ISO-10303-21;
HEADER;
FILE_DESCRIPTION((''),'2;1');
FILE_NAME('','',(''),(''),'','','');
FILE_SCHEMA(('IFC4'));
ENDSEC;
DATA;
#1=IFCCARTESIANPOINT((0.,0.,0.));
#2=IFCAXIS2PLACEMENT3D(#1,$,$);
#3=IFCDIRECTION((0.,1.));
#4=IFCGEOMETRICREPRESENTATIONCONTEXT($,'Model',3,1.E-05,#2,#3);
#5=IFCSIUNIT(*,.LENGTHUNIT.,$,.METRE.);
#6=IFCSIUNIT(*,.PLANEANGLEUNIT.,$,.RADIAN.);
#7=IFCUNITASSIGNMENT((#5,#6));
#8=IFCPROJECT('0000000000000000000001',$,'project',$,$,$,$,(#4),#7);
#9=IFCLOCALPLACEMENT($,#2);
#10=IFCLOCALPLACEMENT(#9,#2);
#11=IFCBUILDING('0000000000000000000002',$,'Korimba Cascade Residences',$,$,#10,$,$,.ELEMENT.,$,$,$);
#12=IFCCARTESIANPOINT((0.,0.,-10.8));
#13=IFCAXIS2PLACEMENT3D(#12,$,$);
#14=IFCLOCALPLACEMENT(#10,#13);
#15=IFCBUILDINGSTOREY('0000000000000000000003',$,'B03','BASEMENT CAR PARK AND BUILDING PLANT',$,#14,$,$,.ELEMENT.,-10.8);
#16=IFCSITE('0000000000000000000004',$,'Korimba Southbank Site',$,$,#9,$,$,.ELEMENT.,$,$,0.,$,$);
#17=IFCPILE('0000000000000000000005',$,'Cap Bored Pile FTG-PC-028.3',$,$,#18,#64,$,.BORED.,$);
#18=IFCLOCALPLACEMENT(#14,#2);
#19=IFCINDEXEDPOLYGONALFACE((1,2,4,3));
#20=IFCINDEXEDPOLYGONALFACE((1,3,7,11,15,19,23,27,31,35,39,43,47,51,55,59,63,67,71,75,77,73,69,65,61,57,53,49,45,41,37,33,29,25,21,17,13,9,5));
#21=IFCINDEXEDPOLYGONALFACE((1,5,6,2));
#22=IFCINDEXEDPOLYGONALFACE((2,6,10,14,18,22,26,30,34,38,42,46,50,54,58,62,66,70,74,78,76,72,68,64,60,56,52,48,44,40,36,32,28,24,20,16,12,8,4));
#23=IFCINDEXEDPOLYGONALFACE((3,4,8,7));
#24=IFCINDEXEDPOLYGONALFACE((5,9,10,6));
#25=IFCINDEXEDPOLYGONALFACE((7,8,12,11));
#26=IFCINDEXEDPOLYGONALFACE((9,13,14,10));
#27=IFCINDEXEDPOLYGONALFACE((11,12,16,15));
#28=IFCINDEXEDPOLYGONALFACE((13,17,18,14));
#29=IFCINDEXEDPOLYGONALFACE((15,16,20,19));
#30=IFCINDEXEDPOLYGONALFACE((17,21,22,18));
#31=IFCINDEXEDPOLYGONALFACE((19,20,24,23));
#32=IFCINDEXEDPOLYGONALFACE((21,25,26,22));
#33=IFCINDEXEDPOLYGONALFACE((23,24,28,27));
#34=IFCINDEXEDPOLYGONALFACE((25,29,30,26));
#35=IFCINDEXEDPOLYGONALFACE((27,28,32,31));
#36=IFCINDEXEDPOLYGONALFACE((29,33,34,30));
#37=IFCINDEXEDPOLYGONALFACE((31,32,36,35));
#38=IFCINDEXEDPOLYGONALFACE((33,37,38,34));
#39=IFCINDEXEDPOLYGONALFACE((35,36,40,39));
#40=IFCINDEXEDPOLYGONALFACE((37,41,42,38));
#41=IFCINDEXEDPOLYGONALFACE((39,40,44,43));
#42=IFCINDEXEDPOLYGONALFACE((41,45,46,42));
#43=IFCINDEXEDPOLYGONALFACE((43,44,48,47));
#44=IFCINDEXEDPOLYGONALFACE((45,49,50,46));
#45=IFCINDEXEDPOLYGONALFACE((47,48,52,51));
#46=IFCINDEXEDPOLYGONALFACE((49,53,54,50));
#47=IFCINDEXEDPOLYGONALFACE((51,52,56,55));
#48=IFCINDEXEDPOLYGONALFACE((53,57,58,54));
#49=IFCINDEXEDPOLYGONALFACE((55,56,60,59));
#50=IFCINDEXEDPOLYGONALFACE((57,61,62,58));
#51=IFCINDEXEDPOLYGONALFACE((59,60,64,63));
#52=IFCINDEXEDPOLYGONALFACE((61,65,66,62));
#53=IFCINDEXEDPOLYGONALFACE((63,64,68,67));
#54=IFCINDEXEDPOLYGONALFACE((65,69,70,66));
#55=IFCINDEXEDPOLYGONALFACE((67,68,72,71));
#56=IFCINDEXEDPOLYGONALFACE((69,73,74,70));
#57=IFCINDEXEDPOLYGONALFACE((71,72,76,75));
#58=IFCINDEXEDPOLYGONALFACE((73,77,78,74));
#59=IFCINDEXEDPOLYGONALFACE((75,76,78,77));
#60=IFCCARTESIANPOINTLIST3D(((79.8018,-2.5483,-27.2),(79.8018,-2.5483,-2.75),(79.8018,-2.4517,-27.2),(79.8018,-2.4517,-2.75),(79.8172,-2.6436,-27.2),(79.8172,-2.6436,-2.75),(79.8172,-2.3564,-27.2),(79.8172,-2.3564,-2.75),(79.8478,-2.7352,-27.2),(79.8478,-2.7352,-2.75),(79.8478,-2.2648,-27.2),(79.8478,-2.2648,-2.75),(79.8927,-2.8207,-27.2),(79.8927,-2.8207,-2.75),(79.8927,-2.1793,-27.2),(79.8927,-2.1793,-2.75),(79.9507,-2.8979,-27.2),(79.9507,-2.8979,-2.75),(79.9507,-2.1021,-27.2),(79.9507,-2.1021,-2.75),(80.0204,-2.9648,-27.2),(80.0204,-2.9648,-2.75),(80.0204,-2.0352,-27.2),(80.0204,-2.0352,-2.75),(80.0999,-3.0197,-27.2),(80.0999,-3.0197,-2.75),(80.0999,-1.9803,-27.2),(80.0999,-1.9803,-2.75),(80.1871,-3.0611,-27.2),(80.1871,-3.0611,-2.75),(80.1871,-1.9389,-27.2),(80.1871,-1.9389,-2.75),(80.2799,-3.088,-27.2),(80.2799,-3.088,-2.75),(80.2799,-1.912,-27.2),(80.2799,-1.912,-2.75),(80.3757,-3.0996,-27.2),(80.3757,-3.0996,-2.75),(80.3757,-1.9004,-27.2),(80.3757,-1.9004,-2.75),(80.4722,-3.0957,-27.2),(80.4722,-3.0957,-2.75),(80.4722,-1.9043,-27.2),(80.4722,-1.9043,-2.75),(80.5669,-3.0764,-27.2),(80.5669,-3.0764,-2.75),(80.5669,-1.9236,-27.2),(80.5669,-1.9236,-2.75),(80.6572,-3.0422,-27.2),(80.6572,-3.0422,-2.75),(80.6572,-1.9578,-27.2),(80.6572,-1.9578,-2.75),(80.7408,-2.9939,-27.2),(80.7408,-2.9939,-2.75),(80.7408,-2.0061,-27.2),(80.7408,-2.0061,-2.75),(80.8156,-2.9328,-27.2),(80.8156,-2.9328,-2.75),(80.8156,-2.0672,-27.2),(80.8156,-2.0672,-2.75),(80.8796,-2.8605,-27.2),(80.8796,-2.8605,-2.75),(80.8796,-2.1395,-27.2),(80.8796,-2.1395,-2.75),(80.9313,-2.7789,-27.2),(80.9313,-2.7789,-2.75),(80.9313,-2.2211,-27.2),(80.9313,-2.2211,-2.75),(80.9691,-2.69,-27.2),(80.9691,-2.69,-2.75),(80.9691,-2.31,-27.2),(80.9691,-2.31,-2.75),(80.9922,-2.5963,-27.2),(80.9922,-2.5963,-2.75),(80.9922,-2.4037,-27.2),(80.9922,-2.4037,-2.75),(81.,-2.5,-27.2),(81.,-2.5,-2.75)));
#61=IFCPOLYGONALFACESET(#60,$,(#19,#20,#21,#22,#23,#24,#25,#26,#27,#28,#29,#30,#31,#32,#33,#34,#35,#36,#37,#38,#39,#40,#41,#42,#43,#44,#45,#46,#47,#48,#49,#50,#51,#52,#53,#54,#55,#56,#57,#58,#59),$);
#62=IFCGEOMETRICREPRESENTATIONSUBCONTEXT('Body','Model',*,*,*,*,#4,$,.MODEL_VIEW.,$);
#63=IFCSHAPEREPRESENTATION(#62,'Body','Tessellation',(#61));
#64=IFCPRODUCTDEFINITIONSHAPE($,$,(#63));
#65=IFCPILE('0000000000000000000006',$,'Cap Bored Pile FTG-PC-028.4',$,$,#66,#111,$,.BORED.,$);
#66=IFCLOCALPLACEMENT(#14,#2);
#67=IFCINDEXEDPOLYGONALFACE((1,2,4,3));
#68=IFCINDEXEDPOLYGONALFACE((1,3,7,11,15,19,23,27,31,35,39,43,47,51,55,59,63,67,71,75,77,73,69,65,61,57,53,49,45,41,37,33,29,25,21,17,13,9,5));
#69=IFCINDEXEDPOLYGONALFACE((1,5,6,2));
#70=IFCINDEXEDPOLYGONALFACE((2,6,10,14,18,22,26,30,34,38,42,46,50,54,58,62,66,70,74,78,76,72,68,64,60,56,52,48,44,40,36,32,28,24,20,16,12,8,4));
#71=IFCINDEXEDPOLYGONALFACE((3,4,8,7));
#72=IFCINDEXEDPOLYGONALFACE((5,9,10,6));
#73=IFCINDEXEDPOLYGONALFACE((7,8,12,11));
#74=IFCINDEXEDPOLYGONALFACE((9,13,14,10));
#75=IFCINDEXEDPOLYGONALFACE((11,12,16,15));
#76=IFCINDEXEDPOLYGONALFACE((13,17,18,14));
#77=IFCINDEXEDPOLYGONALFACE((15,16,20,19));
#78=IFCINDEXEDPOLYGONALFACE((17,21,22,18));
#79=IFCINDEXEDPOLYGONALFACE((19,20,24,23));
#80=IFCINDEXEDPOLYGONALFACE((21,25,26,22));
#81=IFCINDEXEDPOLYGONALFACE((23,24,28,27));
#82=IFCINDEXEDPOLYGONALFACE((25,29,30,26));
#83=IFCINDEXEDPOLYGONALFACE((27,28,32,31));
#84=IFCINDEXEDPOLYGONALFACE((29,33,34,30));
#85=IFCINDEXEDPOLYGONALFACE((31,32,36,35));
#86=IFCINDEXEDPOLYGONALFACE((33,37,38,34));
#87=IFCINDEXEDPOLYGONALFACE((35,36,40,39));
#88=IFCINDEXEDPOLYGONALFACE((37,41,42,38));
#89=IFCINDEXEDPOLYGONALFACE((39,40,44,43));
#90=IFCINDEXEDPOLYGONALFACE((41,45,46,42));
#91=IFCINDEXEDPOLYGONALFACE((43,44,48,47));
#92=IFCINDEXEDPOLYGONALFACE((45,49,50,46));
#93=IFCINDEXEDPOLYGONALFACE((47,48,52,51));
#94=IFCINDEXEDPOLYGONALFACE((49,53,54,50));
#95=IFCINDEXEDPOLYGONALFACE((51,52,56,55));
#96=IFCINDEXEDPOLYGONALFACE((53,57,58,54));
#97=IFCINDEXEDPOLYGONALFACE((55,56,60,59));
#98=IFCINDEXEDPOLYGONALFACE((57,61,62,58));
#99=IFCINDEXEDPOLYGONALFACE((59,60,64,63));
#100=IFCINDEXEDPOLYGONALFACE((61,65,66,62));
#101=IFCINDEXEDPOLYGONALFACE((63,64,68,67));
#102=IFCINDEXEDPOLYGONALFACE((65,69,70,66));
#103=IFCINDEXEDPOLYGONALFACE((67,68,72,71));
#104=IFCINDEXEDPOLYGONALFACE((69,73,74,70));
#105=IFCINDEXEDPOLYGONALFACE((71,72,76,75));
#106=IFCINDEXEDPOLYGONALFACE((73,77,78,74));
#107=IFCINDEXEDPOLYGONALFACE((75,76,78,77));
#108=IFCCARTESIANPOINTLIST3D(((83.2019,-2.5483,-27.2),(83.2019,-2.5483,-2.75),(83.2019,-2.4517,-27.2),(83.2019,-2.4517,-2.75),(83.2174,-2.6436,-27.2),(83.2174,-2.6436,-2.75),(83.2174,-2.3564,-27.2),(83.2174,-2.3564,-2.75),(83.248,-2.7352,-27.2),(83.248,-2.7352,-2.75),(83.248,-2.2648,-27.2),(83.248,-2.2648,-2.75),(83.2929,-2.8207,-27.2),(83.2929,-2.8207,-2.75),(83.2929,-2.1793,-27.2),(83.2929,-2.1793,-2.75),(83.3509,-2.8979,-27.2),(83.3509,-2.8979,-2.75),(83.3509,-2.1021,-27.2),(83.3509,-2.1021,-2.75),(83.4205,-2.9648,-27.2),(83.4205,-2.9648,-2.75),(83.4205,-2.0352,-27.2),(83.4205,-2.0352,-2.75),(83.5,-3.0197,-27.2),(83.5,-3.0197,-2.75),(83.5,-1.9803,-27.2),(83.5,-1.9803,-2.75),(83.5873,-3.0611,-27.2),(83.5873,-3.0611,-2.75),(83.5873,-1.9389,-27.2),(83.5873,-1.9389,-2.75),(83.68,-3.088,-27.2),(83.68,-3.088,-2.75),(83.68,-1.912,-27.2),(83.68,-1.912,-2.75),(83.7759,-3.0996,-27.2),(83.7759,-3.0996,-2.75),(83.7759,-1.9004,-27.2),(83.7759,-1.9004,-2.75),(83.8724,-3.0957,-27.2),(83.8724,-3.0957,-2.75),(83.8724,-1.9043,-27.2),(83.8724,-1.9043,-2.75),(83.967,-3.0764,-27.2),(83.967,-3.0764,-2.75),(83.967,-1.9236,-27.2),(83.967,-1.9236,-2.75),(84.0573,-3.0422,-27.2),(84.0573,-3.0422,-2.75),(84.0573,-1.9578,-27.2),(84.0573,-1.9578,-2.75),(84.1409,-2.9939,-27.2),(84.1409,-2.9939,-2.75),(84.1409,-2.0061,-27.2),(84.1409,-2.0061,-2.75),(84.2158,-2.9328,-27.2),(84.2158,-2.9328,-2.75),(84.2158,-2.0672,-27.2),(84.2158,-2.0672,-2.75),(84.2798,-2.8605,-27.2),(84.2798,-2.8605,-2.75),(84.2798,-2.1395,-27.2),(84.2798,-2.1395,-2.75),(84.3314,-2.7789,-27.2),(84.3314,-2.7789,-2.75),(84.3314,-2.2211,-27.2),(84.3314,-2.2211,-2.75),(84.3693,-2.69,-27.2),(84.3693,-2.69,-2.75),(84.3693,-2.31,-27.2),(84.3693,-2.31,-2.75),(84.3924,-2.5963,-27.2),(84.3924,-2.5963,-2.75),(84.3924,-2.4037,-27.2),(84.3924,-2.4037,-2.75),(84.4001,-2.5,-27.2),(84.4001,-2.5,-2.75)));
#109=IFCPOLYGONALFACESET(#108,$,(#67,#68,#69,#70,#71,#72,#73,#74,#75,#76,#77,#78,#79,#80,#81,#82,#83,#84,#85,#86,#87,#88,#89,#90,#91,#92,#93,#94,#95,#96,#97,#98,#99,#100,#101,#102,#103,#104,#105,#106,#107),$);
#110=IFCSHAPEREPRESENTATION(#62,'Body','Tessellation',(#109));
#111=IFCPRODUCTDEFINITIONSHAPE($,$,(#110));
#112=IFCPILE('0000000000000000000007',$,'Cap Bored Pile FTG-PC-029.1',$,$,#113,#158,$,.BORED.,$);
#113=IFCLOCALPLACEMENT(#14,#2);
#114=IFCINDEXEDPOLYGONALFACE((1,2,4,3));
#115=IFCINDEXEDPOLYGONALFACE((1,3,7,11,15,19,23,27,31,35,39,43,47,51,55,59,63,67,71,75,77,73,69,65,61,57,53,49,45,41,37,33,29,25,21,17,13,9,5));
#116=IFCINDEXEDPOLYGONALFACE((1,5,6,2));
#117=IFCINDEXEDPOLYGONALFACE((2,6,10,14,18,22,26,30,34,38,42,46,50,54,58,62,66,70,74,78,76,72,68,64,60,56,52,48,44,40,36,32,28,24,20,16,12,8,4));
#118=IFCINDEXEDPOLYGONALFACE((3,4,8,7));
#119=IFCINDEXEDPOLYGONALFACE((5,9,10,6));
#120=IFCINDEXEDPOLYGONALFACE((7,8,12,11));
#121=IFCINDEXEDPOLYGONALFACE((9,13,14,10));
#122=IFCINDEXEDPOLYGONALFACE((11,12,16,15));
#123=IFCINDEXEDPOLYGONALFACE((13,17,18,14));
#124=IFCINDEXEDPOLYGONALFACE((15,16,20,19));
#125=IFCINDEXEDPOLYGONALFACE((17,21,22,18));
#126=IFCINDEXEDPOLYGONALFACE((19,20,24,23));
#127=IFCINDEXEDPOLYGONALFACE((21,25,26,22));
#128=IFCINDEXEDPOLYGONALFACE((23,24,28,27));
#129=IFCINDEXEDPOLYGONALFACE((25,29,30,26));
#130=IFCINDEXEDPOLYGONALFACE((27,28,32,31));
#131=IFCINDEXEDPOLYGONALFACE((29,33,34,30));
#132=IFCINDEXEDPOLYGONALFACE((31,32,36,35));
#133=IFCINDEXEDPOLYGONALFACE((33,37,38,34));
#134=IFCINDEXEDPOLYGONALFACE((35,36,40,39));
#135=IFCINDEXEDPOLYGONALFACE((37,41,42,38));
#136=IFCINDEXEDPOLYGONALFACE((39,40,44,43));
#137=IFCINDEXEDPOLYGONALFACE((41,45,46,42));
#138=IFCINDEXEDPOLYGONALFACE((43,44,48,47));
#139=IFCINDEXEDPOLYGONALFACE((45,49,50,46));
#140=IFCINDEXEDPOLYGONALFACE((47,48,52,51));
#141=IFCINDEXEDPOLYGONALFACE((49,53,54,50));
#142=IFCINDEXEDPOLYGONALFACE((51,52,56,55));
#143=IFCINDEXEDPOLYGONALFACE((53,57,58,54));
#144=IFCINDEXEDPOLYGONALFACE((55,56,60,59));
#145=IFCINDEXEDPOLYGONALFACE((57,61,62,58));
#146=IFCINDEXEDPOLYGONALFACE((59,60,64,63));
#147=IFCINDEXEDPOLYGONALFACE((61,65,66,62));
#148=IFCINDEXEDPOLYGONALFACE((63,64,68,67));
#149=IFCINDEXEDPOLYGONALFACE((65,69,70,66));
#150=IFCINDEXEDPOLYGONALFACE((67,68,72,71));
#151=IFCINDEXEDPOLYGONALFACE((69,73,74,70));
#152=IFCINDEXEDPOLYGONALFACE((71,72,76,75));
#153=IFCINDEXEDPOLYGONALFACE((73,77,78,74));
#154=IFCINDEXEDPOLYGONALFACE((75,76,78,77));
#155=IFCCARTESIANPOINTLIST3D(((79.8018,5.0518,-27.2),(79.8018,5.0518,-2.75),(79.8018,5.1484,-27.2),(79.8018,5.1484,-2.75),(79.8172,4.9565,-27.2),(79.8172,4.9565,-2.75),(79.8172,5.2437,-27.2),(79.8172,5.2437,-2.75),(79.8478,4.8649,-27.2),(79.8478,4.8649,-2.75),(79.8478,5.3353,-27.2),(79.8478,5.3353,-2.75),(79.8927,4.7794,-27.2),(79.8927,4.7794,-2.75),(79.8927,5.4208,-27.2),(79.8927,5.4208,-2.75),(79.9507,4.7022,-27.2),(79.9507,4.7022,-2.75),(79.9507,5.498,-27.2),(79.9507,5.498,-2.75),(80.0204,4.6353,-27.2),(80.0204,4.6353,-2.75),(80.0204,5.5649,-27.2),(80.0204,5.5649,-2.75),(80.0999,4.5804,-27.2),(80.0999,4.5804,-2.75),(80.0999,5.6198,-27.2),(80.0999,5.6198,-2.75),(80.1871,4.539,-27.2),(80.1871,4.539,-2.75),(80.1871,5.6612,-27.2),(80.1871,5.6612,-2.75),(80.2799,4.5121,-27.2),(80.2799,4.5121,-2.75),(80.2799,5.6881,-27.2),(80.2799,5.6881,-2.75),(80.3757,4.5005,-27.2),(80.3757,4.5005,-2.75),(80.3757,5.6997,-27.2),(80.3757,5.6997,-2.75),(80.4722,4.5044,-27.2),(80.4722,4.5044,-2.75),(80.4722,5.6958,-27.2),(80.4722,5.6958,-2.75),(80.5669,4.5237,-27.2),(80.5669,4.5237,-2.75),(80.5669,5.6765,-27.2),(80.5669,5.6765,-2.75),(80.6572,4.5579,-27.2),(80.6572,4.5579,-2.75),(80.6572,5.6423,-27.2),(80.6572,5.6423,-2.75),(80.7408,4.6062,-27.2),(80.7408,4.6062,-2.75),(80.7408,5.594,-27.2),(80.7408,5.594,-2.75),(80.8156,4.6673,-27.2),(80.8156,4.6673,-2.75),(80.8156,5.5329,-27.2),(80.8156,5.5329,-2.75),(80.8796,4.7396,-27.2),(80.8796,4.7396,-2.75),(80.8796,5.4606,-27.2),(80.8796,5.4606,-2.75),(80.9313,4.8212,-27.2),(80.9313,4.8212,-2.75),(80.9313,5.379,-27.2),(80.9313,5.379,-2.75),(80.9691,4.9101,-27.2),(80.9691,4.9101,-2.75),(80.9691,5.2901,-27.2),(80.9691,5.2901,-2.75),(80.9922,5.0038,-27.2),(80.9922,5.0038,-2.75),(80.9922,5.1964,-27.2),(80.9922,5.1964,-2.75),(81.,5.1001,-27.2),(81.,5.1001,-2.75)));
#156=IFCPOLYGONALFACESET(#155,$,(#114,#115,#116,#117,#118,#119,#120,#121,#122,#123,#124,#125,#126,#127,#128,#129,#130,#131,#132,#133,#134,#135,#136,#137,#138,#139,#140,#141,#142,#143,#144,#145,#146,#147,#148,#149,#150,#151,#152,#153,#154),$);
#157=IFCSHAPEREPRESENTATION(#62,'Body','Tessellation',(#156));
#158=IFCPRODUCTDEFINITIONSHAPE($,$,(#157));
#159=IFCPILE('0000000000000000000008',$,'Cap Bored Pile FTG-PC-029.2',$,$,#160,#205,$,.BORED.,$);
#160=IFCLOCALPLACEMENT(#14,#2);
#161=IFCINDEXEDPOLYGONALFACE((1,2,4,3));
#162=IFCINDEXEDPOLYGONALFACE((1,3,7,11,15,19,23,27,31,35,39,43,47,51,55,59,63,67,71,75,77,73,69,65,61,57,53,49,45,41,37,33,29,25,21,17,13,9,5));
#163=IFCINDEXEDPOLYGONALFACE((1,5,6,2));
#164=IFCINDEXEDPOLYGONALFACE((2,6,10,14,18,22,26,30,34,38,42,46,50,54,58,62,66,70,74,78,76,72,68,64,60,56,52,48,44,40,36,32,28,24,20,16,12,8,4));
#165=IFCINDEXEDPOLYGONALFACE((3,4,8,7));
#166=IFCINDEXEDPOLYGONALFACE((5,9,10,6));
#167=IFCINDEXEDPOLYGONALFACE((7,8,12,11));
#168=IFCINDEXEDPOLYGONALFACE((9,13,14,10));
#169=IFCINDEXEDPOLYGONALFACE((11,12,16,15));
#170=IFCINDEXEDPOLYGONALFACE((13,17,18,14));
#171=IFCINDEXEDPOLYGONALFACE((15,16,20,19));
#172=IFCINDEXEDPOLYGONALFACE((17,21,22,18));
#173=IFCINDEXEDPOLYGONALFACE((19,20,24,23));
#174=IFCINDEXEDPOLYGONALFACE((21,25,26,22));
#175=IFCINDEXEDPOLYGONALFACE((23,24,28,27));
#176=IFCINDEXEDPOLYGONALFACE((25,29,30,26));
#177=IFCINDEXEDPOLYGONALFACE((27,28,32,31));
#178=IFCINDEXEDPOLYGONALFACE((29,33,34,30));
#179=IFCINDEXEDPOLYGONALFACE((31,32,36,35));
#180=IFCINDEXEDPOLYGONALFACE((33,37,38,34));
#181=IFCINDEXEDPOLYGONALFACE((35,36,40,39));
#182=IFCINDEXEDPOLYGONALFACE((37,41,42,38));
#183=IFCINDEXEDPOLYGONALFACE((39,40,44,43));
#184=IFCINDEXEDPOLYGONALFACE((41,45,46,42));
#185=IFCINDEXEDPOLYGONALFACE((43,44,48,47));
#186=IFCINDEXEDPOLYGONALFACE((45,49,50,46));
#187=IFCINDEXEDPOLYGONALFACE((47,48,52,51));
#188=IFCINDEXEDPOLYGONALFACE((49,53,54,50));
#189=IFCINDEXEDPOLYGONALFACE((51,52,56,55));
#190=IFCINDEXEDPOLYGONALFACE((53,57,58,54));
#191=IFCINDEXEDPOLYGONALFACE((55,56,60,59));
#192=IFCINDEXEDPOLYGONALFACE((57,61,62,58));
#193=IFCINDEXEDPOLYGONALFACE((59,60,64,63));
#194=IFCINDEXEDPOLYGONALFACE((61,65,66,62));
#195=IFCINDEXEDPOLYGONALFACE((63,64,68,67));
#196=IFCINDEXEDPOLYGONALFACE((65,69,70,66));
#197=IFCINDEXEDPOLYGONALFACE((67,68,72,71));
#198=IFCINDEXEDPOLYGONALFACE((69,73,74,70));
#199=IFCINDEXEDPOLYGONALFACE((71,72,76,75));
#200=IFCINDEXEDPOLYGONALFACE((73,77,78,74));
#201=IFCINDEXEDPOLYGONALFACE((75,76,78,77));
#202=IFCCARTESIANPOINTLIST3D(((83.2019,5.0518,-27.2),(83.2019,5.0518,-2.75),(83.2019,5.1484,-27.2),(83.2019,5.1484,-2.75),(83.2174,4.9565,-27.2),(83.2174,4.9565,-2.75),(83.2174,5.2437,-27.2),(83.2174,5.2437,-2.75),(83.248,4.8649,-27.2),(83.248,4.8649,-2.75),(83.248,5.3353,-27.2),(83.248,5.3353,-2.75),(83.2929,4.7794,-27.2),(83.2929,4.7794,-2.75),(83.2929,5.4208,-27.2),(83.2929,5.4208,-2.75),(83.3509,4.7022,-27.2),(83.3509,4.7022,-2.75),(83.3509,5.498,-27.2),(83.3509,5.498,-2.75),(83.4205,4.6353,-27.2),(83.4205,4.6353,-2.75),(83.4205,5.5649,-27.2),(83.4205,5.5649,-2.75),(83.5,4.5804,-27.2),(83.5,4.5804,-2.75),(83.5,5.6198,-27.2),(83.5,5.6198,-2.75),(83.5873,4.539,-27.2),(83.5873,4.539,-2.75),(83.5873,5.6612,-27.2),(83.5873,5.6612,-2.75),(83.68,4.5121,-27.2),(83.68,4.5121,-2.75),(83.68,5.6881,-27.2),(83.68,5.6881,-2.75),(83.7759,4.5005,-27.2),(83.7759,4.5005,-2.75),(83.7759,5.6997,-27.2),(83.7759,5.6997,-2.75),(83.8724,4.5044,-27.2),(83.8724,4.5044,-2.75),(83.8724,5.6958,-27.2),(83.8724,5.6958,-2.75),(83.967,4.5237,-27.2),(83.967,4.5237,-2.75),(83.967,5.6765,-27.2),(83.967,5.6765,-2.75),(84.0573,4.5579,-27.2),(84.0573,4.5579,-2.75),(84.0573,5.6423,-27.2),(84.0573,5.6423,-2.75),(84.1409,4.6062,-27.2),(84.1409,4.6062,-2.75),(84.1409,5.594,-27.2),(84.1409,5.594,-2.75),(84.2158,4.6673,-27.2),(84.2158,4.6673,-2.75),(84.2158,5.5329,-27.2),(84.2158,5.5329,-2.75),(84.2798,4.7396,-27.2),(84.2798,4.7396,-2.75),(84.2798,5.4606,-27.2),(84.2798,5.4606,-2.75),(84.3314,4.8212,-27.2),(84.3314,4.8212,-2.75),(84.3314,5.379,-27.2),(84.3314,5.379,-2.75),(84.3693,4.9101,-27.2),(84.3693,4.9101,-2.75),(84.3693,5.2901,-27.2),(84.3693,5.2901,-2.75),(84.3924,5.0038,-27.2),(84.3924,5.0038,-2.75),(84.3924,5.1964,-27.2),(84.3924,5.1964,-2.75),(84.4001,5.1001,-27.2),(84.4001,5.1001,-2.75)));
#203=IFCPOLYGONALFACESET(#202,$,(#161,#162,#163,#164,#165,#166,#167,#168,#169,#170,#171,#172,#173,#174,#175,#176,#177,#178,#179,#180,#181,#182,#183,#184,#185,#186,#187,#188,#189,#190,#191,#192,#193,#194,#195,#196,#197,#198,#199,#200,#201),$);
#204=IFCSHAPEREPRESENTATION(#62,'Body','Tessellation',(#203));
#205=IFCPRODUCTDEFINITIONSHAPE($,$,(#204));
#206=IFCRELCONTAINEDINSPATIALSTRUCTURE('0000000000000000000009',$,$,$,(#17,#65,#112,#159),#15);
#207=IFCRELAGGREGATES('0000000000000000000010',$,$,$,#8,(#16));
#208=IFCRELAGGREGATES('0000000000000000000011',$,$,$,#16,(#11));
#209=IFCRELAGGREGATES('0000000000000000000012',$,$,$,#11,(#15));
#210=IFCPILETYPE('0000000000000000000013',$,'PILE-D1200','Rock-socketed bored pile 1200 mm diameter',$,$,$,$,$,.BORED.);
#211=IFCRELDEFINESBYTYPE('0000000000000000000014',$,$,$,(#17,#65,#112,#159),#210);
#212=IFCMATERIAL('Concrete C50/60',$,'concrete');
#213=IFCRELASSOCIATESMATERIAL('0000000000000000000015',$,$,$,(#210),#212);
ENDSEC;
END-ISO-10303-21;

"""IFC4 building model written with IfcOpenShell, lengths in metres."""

from ifc_helpers import new_model, si_unit, direction, frame, origin, origin_2d, place, context, subcontext, project, spatial, circle, extrude, material, material_profile, profile_set, type_object, element, save


model = new_model("IFC4")

# Units and contexts
model_context = context("Model", 3, precision=1e-05, world=origin(), true_north=direction((0.0, 1.0)))
body_context = subcontext(model_context, "Body", "Model", "MODEL_VIEW")
ifc_project = project(units=[si_unit("LENGTHUNIT", "METRE"), si_unit("PLANEANGLEUNIT", "RADIAN")], contexts=[model_context])

# Site, building, storey
site_placement = place(None, origin())
site = spatial("IfcSite", under=ifc_project, at=site_placement, Name="Korimba Southbank Site", CompositionType="ELEMENT", RefElevation=0.0)
building_placement = place(site_placement, origin())
building = spatial("IfcBuilding", under=site, at=building_placement, Name="Korimba Cascade Residences", CompositionType="ELEMENT")
storey_placement = place(building_placement, frame((0.0, 0.0, -10.8)))
storey = spatial("IfcBuildingStorey", under=building, at=storey_placement, Name="B03", Description="BASEMENT CAR PARK AND BUILDING PLANT", CompositionType="ELEMENT", Elevation=-10.8)

# Piles
ifc_material_1 = material(Name="Concrete C50/60", Category="concrete")
ifc_material_profile_1 = material_profile(ifc_material_1, circle(Radius=0.6001, at=origin_2d()), Name="Concrete C50/60")
ifc_profile_set_1 = profile_set([ifc_material_profile_1], Name="Concrete C50/60")
pile_type = type_object("IfcPileType", Name="PILE-D1200", Description="Rock-socketed bored pile 1200 mm diameter", PredefinedType="BORED", material=ifc_profile_set_1)
for number, where, z_axis, x_axis, name in (
    (1, (80.3999, -2.5, -2.75), (0.0, 0.0, -1.0), (1.0, 0.0, 0.0), "Cap Bored Pile FTG-PC-028.3"),
    (2, (83.8, -2.5, -2.75), (0.0, 0.0, -1.0), (1.0, 0.0, 0.0), "Cap Bored Pile FTG-PC-028.4"),
    (3, (80.3999, 5.1001, -2.75), (0.0, 0.0, -1.0), (1.0, 0.0, 0.0), "Cap Bored Pile FTG-PC-029.1"),
    (4, (83.8, 5.1001, -2.75), (0.0, 0.0, -1.0), (1.0, 0.0, 0.0), "Cap Bored Pile FTG-PC-029.2"),
):
    element("IfcPile", number, at=place(storey_placement, frame(where, z_axis=z_axis, x_axis=x_axis)), inside=storey, type_object=pile_type, Name=name, PredefinedType="BORED", context=body_context, shape_type="SweptSolid", body=[
        extrude(circle(Radius=0.6001, at=origin_2d()), origin(), (0.0, 0.0, 1.0), 24.45),
    ])

save(model, "model.ifc")
